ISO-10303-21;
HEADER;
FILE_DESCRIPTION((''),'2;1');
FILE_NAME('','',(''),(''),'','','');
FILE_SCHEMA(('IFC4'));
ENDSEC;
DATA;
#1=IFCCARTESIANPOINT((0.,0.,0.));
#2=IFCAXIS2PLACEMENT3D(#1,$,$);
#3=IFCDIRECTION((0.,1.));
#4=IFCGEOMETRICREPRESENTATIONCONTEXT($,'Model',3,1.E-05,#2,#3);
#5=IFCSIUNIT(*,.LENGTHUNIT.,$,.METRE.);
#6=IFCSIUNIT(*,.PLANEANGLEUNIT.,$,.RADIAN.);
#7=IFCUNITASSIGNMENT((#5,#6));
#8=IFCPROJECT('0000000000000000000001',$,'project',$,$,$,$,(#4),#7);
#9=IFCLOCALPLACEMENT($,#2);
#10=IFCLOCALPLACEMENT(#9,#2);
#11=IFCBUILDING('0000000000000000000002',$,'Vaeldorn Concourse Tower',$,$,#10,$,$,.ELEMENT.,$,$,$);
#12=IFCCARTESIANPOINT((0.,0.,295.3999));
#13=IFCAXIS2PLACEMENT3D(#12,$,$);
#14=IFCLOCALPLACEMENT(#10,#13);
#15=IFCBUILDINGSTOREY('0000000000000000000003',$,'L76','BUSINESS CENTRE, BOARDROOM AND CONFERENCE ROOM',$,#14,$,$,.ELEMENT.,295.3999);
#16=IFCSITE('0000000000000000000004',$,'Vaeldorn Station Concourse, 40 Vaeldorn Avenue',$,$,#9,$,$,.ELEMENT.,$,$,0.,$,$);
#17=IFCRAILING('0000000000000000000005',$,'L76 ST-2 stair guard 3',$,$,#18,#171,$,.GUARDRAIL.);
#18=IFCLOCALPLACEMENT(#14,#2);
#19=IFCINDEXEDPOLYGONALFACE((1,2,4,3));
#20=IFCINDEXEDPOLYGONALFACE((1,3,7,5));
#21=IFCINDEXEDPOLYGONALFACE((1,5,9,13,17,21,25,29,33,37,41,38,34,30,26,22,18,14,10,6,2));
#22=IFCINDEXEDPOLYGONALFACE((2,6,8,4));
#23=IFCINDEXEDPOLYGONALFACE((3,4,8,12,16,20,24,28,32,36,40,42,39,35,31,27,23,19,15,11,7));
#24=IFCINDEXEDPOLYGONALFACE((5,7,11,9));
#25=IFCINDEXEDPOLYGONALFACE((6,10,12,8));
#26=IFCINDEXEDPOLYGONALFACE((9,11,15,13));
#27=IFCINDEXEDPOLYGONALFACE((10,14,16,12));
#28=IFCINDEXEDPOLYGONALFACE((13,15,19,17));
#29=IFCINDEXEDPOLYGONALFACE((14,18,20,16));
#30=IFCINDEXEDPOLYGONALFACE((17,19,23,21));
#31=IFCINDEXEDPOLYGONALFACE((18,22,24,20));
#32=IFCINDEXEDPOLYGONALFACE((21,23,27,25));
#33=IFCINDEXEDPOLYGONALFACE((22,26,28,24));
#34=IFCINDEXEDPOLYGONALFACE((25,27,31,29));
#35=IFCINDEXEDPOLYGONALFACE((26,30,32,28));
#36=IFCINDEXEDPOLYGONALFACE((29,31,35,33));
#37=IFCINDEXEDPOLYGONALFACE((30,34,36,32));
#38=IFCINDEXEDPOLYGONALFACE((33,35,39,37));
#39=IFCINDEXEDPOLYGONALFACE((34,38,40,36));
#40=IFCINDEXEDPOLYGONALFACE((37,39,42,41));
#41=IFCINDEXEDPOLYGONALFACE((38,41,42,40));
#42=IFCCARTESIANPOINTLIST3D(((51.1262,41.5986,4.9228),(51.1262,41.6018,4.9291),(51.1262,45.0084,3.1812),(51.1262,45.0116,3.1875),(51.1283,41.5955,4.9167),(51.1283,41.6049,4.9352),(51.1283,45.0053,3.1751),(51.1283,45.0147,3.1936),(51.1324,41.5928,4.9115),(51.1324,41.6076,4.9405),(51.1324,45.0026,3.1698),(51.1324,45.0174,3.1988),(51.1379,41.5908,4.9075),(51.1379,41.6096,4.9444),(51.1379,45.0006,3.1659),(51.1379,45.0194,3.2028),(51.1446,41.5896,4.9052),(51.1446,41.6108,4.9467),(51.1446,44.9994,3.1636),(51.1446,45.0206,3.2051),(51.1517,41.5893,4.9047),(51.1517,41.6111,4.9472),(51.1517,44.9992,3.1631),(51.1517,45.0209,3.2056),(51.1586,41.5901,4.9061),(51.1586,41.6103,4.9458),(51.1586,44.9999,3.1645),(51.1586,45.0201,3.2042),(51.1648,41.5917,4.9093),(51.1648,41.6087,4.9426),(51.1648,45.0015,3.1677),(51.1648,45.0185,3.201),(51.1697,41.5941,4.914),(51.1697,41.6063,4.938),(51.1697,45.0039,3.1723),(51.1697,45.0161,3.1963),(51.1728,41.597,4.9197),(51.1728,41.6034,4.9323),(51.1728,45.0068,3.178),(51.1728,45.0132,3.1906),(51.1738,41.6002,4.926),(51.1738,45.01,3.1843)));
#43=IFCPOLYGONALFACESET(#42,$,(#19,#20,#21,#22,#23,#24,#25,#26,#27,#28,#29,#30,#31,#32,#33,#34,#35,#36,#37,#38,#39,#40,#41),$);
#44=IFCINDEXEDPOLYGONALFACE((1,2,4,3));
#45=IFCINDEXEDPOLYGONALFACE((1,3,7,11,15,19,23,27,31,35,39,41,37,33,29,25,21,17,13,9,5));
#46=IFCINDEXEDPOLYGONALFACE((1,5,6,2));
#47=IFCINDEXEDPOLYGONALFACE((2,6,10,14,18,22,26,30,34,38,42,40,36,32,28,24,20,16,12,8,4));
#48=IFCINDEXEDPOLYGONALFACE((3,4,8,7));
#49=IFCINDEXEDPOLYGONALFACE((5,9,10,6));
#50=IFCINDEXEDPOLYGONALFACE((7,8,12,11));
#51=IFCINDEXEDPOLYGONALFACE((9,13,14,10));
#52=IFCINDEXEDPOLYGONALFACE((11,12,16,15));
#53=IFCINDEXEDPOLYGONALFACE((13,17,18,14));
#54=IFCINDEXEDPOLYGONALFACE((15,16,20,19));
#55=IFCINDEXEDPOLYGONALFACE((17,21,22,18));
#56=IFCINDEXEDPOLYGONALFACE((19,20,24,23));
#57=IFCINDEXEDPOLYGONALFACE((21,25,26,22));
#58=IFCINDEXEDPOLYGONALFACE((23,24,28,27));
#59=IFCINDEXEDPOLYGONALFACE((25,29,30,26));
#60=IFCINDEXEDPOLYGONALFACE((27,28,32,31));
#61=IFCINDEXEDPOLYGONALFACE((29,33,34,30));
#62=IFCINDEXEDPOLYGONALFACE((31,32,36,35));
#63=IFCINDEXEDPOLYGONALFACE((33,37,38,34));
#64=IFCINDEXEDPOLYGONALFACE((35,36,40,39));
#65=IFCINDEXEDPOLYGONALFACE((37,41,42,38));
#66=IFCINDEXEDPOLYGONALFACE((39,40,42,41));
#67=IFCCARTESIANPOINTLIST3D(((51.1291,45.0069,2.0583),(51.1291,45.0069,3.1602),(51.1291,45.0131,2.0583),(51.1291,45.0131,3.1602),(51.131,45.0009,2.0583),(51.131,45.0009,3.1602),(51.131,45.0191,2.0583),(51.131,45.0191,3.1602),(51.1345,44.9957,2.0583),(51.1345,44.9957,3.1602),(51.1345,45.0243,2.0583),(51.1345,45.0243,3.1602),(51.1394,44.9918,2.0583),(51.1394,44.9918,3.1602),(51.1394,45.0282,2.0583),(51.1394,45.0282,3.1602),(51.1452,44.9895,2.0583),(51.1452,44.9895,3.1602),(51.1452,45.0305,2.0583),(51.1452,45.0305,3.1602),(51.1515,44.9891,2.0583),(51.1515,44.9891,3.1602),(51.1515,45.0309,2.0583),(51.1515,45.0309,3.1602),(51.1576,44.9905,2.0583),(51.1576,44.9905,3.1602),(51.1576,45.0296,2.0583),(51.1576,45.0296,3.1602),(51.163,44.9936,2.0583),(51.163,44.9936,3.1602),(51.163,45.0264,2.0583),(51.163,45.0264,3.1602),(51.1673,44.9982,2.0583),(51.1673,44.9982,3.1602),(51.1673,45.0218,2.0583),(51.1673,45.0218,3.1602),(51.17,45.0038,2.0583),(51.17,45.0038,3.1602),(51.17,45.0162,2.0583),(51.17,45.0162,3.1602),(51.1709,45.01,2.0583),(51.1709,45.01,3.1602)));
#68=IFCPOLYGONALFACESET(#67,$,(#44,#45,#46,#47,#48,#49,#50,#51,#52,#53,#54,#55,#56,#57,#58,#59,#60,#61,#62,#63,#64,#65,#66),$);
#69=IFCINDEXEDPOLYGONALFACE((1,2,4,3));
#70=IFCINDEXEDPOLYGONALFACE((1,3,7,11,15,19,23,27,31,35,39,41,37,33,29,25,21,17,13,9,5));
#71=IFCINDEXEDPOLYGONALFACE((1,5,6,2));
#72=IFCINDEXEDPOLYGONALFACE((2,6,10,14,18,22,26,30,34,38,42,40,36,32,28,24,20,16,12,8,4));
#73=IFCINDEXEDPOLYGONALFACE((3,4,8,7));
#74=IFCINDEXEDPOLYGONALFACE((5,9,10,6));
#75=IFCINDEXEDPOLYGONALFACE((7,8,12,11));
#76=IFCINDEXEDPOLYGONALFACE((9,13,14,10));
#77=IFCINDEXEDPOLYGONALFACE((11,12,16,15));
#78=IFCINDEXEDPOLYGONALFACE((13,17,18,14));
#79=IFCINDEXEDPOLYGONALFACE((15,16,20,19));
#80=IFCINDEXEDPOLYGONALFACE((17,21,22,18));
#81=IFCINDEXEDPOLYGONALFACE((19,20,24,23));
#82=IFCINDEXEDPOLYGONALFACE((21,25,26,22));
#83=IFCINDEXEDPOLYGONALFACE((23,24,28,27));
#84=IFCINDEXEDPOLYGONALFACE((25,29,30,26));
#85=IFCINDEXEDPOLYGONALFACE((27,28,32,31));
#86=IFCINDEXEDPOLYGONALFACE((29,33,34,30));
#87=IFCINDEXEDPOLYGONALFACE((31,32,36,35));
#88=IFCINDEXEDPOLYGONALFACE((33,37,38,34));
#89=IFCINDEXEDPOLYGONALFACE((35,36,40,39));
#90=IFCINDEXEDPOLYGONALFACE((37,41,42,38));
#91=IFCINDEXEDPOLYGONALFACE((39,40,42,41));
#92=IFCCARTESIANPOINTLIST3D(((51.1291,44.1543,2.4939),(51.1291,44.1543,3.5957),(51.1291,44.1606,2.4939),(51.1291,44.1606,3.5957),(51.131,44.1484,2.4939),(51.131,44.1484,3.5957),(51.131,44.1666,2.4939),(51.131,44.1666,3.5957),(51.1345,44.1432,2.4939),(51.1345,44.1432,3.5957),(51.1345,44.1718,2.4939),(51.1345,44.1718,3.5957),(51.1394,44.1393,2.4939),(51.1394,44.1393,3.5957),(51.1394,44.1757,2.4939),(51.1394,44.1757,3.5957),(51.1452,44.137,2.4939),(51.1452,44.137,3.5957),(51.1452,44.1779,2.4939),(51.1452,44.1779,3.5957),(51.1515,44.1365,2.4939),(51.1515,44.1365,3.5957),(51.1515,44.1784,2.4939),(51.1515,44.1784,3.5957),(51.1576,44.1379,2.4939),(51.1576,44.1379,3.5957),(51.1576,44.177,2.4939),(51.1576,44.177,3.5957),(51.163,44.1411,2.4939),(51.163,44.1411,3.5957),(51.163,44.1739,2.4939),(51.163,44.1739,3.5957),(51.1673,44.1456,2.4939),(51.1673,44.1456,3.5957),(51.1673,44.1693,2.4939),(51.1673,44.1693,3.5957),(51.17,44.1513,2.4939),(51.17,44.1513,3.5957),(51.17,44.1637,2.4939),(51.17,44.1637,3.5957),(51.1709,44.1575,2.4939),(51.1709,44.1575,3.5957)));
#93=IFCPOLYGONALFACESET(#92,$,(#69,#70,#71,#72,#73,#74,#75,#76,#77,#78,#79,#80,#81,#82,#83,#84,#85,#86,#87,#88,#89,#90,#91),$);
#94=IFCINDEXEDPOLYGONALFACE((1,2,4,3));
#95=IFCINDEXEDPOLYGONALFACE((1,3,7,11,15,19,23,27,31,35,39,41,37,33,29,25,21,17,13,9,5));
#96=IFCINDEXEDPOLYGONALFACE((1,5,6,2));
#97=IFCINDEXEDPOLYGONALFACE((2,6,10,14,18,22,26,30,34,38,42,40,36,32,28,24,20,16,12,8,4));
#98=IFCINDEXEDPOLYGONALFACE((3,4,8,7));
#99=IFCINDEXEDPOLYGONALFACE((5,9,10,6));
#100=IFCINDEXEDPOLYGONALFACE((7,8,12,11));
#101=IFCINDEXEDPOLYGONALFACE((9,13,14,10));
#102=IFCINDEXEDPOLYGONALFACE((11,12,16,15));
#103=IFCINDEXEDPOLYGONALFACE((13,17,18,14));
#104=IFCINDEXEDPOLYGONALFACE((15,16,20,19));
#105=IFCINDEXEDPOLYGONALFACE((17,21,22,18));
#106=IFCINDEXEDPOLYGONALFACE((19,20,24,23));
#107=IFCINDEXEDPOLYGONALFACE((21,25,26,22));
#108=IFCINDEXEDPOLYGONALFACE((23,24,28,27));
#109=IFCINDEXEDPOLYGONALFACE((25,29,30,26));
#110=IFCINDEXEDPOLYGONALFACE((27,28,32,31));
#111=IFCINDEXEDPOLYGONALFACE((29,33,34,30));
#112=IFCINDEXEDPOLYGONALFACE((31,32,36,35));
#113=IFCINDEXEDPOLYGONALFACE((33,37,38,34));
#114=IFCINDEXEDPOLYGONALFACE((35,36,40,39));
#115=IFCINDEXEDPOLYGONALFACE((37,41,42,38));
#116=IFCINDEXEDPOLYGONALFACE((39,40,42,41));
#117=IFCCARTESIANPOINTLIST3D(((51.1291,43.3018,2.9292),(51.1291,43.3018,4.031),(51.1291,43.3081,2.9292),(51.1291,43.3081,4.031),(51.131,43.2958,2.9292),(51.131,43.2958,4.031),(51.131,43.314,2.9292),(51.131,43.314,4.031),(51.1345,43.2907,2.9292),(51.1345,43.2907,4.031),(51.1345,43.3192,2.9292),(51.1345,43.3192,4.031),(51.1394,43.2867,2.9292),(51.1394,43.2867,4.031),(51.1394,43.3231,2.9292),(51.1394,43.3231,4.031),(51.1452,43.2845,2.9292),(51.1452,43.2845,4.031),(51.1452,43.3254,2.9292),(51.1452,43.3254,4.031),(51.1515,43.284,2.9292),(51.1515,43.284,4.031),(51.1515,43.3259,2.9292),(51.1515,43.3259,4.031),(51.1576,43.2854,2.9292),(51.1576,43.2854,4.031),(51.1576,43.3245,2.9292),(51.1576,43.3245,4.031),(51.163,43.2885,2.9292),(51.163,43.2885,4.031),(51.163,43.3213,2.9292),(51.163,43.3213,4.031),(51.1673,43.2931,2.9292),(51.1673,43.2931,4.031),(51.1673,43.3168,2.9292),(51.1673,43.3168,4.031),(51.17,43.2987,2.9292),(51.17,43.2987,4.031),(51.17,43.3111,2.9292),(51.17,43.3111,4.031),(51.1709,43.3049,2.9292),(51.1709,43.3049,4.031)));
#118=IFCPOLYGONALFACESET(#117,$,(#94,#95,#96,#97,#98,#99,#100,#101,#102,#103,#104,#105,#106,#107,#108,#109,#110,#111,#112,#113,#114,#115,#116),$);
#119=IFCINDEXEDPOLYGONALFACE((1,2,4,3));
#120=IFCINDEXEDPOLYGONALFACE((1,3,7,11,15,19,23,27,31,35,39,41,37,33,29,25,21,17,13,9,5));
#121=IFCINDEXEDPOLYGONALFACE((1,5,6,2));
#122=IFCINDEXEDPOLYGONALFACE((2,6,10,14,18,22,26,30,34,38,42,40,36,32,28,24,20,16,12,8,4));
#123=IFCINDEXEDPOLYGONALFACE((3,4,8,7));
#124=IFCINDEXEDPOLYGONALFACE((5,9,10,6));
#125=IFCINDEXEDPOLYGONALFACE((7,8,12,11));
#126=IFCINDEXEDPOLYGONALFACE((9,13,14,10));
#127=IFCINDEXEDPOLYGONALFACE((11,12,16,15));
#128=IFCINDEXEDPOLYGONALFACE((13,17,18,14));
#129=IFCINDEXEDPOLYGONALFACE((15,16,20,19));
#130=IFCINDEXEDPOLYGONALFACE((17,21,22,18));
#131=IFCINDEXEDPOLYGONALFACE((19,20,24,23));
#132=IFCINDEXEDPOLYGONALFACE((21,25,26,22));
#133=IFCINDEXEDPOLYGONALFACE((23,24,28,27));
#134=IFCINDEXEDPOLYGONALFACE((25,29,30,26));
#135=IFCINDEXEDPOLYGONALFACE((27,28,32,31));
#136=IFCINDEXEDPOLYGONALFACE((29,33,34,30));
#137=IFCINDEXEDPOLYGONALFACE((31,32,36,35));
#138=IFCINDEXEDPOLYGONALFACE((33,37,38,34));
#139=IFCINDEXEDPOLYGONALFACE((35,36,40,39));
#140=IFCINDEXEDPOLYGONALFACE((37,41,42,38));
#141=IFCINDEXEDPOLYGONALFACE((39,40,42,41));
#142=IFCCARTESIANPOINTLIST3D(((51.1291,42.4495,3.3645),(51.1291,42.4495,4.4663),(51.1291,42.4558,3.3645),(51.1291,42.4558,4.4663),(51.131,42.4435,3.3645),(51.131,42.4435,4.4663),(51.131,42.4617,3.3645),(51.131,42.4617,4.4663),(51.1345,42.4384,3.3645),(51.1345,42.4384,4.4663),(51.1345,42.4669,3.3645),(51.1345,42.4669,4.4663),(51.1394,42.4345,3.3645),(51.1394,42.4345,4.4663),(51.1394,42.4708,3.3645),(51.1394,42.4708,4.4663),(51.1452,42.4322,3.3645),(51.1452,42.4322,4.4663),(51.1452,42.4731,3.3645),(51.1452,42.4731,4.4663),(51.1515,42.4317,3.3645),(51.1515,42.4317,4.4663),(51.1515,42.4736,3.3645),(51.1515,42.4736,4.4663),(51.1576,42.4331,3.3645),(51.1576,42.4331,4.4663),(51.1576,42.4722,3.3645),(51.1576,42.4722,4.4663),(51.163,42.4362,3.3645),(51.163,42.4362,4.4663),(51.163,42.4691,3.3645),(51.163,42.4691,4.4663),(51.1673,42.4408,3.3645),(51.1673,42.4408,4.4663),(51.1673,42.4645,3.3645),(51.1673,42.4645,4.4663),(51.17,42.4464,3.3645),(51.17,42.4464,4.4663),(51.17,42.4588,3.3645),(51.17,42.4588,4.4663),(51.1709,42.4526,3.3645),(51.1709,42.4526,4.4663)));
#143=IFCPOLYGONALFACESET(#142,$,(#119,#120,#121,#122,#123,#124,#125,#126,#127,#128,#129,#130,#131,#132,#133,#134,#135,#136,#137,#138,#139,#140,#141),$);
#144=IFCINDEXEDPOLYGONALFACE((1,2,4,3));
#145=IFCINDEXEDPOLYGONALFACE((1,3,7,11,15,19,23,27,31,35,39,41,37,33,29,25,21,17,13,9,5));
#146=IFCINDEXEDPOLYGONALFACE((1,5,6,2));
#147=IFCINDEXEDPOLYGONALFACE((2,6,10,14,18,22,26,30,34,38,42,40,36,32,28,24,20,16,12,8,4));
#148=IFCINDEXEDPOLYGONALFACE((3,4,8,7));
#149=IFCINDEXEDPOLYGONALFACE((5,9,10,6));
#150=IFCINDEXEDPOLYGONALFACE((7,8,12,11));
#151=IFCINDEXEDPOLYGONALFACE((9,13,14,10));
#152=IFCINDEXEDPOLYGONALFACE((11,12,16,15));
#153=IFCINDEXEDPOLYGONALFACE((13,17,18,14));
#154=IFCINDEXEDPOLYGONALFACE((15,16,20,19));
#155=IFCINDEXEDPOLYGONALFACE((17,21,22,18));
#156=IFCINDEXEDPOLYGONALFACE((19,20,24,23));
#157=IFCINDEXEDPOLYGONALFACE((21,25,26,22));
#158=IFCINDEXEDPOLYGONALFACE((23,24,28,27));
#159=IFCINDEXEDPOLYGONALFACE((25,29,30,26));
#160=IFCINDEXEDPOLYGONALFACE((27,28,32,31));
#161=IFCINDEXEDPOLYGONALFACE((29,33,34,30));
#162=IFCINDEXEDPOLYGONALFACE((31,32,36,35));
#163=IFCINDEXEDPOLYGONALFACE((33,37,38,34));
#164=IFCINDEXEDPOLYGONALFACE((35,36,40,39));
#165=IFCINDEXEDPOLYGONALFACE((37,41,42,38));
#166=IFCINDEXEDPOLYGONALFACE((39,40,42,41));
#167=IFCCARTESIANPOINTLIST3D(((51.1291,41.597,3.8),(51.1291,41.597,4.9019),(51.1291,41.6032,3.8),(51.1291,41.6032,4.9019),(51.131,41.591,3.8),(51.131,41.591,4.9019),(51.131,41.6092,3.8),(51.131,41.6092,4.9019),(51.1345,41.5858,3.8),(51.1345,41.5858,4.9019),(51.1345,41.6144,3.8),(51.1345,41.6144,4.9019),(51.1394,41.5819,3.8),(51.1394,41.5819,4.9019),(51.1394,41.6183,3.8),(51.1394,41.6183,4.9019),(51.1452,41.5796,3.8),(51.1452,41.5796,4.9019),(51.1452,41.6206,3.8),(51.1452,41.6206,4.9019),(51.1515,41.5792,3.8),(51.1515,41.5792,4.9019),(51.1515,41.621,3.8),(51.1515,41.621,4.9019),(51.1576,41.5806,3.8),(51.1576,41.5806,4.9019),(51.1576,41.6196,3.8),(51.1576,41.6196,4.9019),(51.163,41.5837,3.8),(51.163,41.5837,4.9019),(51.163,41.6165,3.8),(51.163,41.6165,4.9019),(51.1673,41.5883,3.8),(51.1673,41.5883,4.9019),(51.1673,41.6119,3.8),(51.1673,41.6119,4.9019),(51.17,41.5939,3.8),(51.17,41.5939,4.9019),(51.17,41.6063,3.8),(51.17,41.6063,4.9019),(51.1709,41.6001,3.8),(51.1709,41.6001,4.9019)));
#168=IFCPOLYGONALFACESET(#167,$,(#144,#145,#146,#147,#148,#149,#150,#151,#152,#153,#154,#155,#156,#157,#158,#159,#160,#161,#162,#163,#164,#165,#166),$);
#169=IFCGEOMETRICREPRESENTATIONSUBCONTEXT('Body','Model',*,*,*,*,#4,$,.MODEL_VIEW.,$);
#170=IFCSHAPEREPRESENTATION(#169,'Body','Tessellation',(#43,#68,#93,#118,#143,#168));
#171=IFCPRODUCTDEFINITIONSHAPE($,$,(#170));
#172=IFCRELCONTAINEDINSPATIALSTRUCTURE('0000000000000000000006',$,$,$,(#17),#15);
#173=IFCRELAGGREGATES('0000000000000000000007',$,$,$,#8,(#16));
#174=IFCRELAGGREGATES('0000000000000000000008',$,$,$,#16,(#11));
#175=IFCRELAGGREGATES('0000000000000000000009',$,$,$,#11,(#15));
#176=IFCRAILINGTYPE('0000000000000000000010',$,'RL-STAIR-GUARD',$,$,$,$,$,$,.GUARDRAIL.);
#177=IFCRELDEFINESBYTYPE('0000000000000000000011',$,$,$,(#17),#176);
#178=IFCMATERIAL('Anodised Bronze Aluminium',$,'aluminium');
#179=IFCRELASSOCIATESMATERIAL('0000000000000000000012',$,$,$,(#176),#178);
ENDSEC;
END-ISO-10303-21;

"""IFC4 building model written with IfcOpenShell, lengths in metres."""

from ifc_helpers import new_model, si_unit, direction, frame, origin, origin_2d, place, context, subcontext, project, spatial, circle, extrude, material, type_object, element, save


model = new_model("IFC4")

# Units and contexts
model_context = context("Model", 3, precision=1e-05, world=origin(), true_north=direction((0.0, 1.0)))
body_context = subcontext(model_context, "Body", "Model", "MODEL_VIEW")
ifc_project = project(units=[si_unit("LENGTHUNIT", "METRE"), si_unit("PLANEANGLEUNIT", "RADIAN")], contexts=[model_context])

# Site, building, storey
site_placement = place(None, origin())
site = spatial("IfcSite", under=ifc_project, at=site_placement, Name="Vaeldorn Station Concourse, 40 Vaeldorn Avenue", CompositionType="ELEMENT", RefElevation=0.0)
building_placement = place(site_placement, origin())
building = spatial("IfcBuilding", under=site, at=building_placement, Name="Vaeldorn Concourse Tower", CompositionType="ELEMENT")
storey_placement = place(building_placement, frame((0.0, 0.0, 295.3999)))
storey = spatial("IfcBuildingStorey", under=building, at=storey_placement, Name="L76", Description="BUSINESS CENTRE, BOARDROOM AND CONFERENCE ROOM", CompositionType="ELEMENT", Elevation=295.3999)

# Shared definitions
ifc_material_1 = material(Name="Anodised Bronze Aluminium", Category="aluminium")

# Railing
railing_type_1 = type_object("IfcRailingType", Name="RL-STAIR-GUARD", PredefinedType="GUARDRAIL", material=ifc_material_1)
railing_1_placement = place(storey_placement, frame((51.1499, 45.01, 2.0583)))
element("IfcRailing", 1, at=railing_1_placement, inside=storey, type_object=railing_type_1, Name="L76 ST-2 stair guard 3", PredefinedType="GUARDRAIL", context=body_context, shape_type="SweptSolid", body=[
    extrude(circle(Radius=0.0239, at=origin_2d()), frame((0.0, 0.0, 1.126), z_axis=(0.0, -0.890556, 0.454874), x_axis=(1.0, 0.0, 0.0)), (0.0, 0.0, 1.0), 3.8289),
    extrude(circle(Radius=0.021, at=origin_2d()), origin(), (0.0, 0.0, 1.0), 1.1018),
    extrude(circle(Radius=0.021, at=origin_2d()), frame((0.0, -0.8525, 0.4355)), (0.0, 0.0, 1.0), 1.1018),
    extrude(circle(Radius=0.021, at=origin_2d()), frame((0.0, -1.7051, 0.8708)), (0.0, 0.0, 1.0), 1.1018),
    extrude(circle(Radius=0.021, at=origin_2d()), frame((0.0, -2.5574, 1.3062)), (0.0, 0.0, 1.0), 1.1018),
    extrude(circle(Radius=0.021, at=origin_2d()), frame((0.0, -3.4099, 1.7417)), (0.0, 0.0, 1.0), 1.1018),
])

save(model, "model.ifc")
